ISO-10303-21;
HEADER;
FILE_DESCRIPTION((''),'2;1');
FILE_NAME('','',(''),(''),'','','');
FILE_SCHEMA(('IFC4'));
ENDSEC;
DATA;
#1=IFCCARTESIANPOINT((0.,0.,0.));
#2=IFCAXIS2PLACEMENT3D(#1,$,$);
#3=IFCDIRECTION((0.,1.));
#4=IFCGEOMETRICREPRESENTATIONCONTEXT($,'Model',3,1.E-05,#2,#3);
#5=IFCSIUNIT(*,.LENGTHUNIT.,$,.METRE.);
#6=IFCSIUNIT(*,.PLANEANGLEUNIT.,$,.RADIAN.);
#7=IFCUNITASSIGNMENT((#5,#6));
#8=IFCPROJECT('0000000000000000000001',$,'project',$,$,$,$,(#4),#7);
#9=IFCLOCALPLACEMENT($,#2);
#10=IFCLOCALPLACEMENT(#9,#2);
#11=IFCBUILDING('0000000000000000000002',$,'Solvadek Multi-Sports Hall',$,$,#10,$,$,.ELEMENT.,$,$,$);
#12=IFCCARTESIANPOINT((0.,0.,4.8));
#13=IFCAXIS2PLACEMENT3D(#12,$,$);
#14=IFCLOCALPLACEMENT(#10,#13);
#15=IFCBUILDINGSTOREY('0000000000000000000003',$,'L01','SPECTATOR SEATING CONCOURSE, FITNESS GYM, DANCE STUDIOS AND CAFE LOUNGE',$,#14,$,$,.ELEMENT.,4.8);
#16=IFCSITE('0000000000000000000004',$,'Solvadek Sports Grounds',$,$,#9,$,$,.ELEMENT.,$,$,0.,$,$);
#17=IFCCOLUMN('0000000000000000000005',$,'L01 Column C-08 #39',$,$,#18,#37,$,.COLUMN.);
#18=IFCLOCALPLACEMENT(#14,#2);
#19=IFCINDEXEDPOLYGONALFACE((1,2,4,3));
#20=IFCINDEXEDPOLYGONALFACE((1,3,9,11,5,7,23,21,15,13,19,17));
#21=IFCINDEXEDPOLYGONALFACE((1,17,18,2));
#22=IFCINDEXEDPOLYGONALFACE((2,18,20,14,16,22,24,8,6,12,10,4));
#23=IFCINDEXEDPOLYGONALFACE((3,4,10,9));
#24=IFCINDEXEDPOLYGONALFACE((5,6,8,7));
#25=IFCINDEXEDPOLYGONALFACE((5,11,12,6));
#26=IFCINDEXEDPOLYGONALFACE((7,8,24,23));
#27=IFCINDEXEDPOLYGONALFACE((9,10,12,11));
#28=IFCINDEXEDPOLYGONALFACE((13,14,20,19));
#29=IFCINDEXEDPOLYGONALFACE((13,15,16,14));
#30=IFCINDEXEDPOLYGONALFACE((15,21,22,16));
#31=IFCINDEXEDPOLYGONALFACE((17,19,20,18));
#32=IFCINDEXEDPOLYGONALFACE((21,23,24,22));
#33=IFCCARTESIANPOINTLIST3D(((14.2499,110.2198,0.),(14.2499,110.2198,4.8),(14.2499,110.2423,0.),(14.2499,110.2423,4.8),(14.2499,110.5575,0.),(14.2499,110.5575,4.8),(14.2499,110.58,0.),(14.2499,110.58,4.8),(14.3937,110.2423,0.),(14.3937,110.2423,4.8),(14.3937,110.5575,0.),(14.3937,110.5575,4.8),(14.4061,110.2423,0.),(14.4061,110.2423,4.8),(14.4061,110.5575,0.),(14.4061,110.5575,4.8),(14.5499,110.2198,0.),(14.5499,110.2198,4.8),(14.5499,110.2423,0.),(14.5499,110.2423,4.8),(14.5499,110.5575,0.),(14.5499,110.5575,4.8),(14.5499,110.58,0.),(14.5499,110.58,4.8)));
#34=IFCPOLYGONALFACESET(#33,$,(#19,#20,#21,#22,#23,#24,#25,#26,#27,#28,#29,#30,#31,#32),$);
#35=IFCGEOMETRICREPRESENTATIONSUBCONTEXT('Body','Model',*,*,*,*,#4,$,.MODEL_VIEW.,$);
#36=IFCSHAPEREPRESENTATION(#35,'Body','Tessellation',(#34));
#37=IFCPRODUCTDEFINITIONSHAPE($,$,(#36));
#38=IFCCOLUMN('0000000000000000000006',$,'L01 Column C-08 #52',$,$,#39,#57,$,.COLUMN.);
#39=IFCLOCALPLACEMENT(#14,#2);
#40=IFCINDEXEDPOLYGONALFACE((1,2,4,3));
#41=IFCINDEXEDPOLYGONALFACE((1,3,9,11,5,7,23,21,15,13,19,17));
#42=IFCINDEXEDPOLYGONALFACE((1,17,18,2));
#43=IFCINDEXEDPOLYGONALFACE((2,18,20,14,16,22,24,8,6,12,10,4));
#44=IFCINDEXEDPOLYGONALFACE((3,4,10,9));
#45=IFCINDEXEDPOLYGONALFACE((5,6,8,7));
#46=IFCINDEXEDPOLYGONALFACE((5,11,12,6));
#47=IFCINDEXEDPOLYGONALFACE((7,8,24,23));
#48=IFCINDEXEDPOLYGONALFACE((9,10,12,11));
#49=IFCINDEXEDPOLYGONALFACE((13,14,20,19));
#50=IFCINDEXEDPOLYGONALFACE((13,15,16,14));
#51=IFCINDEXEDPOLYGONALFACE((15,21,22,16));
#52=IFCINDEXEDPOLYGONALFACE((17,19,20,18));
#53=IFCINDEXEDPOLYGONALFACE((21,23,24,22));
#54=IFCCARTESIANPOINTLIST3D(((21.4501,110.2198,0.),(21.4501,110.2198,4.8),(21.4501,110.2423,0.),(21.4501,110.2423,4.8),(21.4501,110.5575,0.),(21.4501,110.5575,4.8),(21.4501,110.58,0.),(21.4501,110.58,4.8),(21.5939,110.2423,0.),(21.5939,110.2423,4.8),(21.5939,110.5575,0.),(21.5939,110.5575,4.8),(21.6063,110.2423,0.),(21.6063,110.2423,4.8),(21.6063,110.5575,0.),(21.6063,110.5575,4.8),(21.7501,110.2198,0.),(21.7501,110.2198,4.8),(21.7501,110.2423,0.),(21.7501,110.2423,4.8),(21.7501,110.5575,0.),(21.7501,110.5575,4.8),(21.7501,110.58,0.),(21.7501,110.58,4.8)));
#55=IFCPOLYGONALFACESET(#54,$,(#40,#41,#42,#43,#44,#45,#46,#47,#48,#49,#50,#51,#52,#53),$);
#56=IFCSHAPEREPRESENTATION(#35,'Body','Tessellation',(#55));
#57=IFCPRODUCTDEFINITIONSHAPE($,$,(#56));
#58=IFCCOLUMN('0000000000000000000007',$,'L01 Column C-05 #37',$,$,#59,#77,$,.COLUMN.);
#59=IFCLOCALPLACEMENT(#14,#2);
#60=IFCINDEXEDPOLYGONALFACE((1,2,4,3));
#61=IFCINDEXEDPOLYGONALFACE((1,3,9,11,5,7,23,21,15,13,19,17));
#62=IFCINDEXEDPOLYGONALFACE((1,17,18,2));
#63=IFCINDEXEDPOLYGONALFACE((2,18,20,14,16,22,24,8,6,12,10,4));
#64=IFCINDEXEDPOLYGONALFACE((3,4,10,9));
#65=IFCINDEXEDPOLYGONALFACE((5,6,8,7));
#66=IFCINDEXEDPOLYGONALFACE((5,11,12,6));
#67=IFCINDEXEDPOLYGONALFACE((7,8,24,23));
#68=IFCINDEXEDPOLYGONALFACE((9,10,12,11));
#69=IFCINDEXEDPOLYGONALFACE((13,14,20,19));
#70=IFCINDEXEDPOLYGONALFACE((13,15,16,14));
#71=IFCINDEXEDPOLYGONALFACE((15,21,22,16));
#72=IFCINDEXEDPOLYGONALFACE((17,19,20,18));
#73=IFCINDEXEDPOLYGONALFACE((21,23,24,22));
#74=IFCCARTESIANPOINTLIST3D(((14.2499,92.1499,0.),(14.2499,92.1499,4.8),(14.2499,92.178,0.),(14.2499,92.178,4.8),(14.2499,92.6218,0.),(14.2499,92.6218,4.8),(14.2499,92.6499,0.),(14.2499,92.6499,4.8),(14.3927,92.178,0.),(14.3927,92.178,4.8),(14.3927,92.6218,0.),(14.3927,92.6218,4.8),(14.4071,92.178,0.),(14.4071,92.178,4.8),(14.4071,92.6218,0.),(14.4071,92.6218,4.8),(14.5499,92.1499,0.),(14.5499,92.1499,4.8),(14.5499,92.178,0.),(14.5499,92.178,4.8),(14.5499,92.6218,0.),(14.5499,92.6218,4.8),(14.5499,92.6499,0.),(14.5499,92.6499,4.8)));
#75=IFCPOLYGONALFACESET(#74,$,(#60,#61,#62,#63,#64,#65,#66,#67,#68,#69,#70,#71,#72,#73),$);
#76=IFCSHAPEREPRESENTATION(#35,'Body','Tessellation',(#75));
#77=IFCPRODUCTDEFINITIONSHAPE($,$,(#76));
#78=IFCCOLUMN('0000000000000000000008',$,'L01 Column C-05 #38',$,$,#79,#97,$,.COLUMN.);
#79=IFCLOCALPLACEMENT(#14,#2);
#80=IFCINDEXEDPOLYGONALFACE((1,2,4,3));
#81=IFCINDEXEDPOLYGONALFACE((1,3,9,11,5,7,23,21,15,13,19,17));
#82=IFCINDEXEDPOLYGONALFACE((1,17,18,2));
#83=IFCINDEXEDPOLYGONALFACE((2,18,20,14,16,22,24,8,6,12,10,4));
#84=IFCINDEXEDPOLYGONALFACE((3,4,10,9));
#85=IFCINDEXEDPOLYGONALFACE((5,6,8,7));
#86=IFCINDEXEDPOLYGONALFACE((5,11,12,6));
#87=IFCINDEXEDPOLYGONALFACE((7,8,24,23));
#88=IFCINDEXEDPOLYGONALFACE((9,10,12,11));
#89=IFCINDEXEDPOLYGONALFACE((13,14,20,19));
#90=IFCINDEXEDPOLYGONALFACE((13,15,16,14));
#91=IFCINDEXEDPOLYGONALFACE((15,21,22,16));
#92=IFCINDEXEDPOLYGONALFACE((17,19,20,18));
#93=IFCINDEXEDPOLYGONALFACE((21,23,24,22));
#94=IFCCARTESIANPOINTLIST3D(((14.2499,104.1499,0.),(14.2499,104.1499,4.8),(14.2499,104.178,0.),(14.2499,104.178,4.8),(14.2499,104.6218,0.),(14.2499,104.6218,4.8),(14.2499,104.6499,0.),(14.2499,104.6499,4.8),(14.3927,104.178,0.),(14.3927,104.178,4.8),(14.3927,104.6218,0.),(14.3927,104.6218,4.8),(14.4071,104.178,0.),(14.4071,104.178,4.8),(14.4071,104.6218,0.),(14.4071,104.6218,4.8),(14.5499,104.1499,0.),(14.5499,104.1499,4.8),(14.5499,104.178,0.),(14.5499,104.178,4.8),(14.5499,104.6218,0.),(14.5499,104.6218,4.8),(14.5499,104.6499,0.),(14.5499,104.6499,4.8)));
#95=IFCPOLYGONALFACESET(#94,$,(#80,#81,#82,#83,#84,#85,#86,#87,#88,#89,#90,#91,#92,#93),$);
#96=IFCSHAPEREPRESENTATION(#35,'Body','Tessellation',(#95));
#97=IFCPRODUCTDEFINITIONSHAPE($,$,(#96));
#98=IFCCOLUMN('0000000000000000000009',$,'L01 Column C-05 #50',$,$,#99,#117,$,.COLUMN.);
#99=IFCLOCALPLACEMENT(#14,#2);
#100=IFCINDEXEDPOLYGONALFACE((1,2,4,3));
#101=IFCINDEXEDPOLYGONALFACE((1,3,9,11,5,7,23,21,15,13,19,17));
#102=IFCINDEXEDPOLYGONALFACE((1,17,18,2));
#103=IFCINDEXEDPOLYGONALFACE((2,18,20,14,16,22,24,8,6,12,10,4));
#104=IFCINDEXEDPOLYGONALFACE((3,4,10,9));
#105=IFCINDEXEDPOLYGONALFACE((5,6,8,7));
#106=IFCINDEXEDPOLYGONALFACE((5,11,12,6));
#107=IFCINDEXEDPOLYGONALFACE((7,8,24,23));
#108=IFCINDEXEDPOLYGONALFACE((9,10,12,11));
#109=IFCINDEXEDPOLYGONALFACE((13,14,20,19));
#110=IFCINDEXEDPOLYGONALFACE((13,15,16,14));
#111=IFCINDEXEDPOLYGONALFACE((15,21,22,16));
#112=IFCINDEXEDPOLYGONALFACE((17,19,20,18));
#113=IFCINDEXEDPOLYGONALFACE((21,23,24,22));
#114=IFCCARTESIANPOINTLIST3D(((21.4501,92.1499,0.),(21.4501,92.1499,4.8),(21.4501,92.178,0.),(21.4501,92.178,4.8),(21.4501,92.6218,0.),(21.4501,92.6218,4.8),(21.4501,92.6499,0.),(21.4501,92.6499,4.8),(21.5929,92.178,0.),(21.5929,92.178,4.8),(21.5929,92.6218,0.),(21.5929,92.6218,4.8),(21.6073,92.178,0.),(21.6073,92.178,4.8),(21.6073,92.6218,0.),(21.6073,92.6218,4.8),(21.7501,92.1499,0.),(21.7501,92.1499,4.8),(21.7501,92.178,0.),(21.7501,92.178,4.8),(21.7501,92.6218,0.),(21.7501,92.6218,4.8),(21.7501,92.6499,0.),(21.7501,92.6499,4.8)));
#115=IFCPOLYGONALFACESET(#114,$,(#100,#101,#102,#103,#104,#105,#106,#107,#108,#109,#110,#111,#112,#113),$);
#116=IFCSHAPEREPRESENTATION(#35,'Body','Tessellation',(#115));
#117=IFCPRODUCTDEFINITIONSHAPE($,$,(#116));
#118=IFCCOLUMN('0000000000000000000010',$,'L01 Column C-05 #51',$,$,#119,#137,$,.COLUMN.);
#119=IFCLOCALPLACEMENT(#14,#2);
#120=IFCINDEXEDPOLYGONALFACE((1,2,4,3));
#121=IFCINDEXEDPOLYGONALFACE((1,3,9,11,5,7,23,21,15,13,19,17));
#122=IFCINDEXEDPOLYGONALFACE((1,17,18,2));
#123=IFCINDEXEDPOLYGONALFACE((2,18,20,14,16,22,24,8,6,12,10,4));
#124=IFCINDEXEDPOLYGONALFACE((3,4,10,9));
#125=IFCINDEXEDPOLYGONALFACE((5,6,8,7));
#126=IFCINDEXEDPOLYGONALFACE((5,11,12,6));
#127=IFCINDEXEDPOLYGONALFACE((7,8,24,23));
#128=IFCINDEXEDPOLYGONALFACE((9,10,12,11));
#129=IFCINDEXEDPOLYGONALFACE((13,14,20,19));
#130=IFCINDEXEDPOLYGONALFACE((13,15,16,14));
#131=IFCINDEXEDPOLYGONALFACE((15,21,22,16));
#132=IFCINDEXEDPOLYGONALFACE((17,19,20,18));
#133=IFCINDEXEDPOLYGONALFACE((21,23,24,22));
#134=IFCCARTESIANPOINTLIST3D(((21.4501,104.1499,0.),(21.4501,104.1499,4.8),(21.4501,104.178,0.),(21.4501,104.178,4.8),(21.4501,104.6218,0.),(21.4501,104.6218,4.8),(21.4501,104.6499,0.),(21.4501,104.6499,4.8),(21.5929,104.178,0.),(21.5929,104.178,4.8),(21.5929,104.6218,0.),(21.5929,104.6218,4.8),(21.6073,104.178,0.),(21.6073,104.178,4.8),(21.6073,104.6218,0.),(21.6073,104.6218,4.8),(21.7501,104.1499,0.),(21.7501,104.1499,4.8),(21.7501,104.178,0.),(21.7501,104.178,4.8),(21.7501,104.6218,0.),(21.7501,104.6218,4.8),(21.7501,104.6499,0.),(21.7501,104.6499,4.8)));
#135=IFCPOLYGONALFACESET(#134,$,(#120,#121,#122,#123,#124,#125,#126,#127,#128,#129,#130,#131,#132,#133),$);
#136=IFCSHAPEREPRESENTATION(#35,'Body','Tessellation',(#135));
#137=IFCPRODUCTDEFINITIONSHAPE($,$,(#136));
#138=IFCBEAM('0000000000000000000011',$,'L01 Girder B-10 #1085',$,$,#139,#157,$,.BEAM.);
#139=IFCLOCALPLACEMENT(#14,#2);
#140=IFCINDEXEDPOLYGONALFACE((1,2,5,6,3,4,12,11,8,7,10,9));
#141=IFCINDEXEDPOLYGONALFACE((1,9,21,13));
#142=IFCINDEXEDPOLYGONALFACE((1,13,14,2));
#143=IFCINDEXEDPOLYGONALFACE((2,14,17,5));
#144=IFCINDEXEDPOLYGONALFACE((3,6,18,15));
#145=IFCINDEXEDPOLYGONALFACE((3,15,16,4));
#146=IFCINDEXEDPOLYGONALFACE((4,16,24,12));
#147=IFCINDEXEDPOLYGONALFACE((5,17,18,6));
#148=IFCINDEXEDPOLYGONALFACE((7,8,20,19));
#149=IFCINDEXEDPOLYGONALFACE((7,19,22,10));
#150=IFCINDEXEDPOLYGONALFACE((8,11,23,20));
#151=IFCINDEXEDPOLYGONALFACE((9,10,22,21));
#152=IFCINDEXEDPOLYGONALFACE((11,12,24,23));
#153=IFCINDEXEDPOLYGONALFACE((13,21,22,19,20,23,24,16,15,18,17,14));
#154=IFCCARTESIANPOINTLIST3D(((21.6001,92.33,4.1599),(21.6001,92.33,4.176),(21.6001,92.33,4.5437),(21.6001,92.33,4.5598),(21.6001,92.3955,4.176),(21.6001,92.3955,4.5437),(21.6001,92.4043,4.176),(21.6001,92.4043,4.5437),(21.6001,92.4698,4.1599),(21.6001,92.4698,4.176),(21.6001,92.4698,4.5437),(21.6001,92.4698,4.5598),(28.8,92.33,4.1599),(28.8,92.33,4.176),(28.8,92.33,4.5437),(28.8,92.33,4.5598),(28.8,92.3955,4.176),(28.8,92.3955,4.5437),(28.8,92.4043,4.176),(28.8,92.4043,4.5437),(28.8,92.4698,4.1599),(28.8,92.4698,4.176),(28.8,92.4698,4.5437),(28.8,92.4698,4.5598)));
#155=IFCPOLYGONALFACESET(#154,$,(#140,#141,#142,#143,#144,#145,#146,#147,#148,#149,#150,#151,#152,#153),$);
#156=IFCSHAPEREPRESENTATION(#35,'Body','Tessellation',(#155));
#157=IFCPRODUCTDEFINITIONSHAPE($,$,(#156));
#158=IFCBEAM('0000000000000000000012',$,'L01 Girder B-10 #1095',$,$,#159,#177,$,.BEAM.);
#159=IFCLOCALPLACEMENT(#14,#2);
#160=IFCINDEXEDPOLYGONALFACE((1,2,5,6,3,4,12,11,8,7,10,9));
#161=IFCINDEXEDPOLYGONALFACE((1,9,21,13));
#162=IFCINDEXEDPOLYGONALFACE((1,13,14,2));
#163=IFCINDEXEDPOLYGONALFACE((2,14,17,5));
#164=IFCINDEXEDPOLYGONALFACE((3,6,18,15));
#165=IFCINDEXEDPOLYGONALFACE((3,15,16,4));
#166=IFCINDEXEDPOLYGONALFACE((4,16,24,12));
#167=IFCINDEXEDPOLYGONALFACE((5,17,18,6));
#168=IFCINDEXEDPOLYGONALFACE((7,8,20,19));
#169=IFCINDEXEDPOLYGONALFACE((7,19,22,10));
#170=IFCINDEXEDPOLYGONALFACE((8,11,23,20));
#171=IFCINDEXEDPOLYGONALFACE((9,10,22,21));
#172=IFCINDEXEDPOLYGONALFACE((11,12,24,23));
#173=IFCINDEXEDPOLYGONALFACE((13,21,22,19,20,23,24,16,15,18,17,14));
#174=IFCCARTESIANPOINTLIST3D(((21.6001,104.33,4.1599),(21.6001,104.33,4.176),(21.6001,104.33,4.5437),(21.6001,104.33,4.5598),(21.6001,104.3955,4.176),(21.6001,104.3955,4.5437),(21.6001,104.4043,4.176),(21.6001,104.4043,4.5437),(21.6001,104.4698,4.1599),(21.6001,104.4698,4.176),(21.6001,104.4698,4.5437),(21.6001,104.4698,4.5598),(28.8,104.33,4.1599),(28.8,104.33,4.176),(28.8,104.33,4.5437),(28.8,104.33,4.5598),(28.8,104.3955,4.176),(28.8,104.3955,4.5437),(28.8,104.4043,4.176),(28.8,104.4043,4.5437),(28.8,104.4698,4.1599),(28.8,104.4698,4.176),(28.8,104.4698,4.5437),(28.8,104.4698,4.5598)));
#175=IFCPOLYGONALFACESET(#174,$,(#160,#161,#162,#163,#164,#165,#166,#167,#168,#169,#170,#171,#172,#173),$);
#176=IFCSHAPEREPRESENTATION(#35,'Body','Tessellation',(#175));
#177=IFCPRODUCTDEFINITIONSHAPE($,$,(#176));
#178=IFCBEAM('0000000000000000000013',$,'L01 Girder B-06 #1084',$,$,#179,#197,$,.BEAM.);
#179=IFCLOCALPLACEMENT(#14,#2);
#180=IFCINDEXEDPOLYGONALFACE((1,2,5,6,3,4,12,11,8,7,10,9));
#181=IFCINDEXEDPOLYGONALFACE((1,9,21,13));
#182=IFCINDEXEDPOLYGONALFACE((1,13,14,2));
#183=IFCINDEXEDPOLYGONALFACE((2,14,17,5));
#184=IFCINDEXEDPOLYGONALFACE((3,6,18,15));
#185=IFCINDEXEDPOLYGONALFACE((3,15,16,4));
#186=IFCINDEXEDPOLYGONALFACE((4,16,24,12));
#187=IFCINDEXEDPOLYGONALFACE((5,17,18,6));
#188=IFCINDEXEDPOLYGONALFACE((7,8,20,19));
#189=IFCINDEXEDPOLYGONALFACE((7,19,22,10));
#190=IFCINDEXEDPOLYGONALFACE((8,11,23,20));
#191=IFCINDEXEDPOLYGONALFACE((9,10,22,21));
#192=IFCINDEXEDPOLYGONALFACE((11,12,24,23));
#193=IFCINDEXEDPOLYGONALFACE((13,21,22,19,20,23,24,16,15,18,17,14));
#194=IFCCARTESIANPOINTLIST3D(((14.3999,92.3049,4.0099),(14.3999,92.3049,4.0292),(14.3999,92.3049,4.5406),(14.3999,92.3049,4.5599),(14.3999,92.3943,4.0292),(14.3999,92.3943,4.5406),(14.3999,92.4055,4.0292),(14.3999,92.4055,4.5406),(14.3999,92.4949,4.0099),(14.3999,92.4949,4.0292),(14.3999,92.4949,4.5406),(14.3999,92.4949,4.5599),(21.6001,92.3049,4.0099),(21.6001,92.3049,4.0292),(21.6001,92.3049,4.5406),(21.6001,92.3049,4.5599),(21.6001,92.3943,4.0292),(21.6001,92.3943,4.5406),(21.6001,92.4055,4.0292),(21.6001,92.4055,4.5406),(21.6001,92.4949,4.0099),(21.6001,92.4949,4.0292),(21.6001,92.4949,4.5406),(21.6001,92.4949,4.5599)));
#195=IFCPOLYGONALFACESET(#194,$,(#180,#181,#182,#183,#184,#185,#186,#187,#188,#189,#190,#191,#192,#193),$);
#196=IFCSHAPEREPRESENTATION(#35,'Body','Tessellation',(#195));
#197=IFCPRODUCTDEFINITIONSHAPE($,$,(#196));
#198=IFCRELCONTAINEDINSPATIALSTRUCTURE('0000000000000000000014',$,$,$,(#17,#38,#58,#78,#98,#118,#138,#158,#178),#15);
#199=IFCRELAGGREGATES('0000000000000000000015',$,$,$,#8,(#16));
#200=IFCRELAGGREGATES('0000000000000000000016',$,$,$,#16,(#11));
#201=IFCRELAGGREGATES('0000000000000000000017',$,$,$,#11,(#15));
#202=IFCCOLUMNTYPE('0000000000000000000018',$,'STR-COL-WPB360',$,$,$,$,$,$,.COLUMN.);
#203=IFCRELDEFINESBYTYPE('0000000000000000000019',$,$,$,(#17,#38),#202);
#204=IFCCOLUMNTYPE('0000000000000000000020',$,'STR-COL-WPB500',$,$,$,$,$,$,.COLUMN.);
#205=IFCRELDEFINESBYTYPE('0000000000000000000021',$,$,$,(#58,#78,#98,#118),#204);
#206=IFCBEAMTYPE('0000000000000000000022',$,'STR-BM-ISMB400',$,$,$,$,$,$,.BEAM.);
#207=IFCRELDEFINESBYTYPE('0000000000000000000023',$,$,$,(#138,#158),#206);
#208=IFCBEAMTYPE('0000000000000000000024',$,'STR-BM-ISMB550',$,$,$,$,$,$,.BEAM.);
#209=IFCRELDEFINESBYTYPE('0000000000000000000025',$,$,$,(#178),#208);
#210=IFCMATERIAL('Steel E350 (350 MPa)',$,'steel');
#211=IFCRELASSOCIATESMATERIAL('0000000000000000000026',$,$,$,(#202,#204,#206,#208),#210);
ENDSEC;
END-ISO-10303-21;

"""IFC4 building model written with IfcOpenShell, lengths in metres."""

from ifc_helpers import new_model, si_unit, direction, frame, origin, origin_2d, place, context, subcontext, project, spatial, i_section, extrude, material, material_profile, profile_set, type_object, element, save


model = new_model("IFC4")

# Units and contexts
model_context = context("Model", 3, precision=1e-05, world=origin(), true_north=direction((0.0, 1.0)))
body_context = subcontext(model_context, "Body", "Model", "MODEL_VIEW")
ifc_project = project(units=[si_unit("LENGTHUNIT", "METRE"), si_unit("PLANEANGLEUNIT", "RADIAN")], contexts=[model_context])

# Site, building, storey
site_placement = place(None, origin())
site = spatial("IfcSite", under=ifc_project, at=site_placement, Name="Solvadek Sports Grounds", CompositionType="ELEMENT", RefElevation=0.0)
building_placement = place(site_placement, origin())
building = spatial("IfcBuilding", under=site, at=building_placement, Name="Solvadek Multi-Sports Hall", CompositionType="ELEMENT")
storey_placement = place(building_placement, frame((0.0, 0.0, 4.8)))
storey = spatial("IfcBuildingStorey", under=building, at=storey_placement, Name="L01", Description="SPECTATOR SEATING CONCOURSE, FITNESS GYM, DANCE STUDIOS AND CAFE LOUNGE", CompositionType="ELEMENT", Elevation=4.8)

# Columns
ifc_material_1 = material(Name="Steel E350 (350 MPa)", Category="steel")
ifc_material_profile_1 = material_profile(ifc_material_1, i_section(OverallWidth=0.3, OverallDepth=0.3601, WebThickness=0.0125, FlangeThickness=0.0225, at=origin_2d()), Name="WPB 360")
ifc_profile_set_1 = profile_set([ifc_material_profile_1], Name="Steel E350 (350 MPa)")
column_type_1 = type_object("IfcColumnType", Name="STR-COL-WPB360", PredefinedType="COLUMN", material=ifc_profile_set_1)
for number, where, z_axis, x_axis, name in (
    (1, (14.3999, 110.3999, 0.0), (0.0, 0.0, 1.0), (1.0, 0.0, 0.0), "L01 Column C-08 #39"),
    (2, (21.6001, 110.3999, 0.0), (0.0, 0.0, 1.0), (1.0, 0.0, 0.0), "L01 Column C-08 #52"),
):
    element("IfcColumn", number, at=place(storey_placement, frame(where, z_axis=z_axis, x_axis=x_axis)), inside=storey, type_object=column_type_1, Name=name, PredefinedType="COLUMN", context=body_context, shape_type="SweptSolid", body=[
        extrude(i_section(OverallWidth=0.3, OverallDepth=0.3601, WebThickness=0.0125, FlangeThickness=0.0225, at=origin_2d()), origin(), (0.0, 0.0, 1.0), 4.8),
    ])
ifc_material_profile_2 = material_profile(ifc_material_1, i_section(OverallWidth=0.3, OverallDepth=0.5, WebThickness=0.0144, FlangeThickness=0.0281, at=origin_2d()), Name="WPB 500")
ifc_profile_set_2 = profile_set([ifc_material_profile_2], Name="Steel E350 (350 MPa)")
column_type_2 = type_object("IfcColumnType", Name="STR-COL-WPB500", PredefinedType="COLUMN", material=ifc_profile_set_2)
for number, where, z_axis, x_axis, name in (
    (3, (14.3999, 92.3999, 0.0), (0.0, 0.0, 1.0), (1.0, 0.0, 0.0), "L01 Column C-05 #37"),
    (4, (14.3999, 104.3999, 0.0), (0.0, 0.0, 1.0), (1.0, 0.0, 0.0), "L01 Column C-05 #38"),
    (5, (21.6001, 92.3999, 0.0), (0.0, 0.0, 1.0), (1.0, 0.0, 0.0), "L01 Column C-05 #50"),
    (6, (21.6001, 104.3999, 0.0), (0.0, 0.0, 1.0), (1.0, 0.0, 0.0), "L01 Column C-05 #51"),
):
    element("IfcColumn", number, at=place(storey_placement, frame(where, z_axis=z_axis, x_axis=x_axis)), inside=storey, type_object=column_type_2, Name=name, PredefinedType="COLUMN", context=body_context, shape_type="SweptSolid", body=[
        extrude(i_section(OverallWidth=0.3, OverallDepth=0.5, WebThickness=0.0144, FlangeThickness=0.0281, at=origin_2d()), origin(), (0.0, 0.0, 1.0), 4.8),
    ])

# Beams
ifc_material_profile_3 = material_profile(ifc_material_1, i_section(OverallWidth=0.1399, OverallDepth=0.3999, WebThickness=0.0088, FlangeThickness=0.0161, at=origin_2d()), Name="ISMB 400")
ifc_profile_set_3 = profile_set([ifc_material_profile_3], Name="Steel E350 (350 MPa)")
beam_type_1 = type_object("IfcBeamType", Name="STR-BM-ISMB400", PredefinedType="BEAM", material=ifc_profile_set_3)
for number, where, z_axis, x_axis, name in (
    (7, (21.6001, 92.3999, 4.3599), (1.0, 0.0, 0.0), (0.0, 1.0, 0.0), "L01 Girder B-10 #1085"),
    (8, (21.6001, 104.3999, 4.3599), (1.0, 0.0, 0.0), (0.0, 1.0, 0.0), "L01 Girder B-10 #1095"),
):
    element("IfcBeam", number, at=place(storey_placement, frame(where, z_axis=z_axis, x_axis=x_axis)), inside=storey, type_object=beam_type_1, Name=name, PredefinedType="BEAM", context=body_context, shape_type="SweptSolid", body=[
        extrude(i_section(OverallWidth=0.1399, OverallDepth=0.3999, WebThickness=0.0088, FlangeThickness=0.0161, at=origin_2d()), origin(), (0.0, 0.0, 1.0), 7.2),
    ])
ifc_material_profile_4 = material_profile(ifc_material_1, i_section(OverallWidth=0.1899, OverallDepth=0.55, WebThickness=0.0112, FlangeThickness=0.0193, at=origin_2d()), Name="ISMB 550")
ifc_profile_set_4 = profile_set([ifc_material_profile_4], Name="Steel E350 (350 MPa)")
beam_type_2 = type_object("IfcBeamType", Name="STR-BM-ISMB550", PredefinedType="BEAM", material=ifc_profile_set_4)
for number, where, z_axis, x_axis, name in (
    (9, (14.3999, 92.3999, 4.2849), (1.0, 0.0, 0.0), (0.0, 1.0, 0.0), "L01 Girder B-06 #1084"),
):
    element("IfcBeam", number, at=place(storey_placement, frame(where, z_axis=z_axis, x_axis=x_axis)), inside=storey, type_object=beam_type_2, Name=name, PredefinedType="BEAM", context=body_context, shape_type="SweptSolid", body=[
        extrude(i_section(OverallWidth=0.1899, OverallDepth=0.55, WebThickness=0.0112, FlangeThickness=0.0193, at=origin_2d()), origin(), (0.0, 0.0, 1.0), 7.2002),
    ])

save(model, "model.ifc")
